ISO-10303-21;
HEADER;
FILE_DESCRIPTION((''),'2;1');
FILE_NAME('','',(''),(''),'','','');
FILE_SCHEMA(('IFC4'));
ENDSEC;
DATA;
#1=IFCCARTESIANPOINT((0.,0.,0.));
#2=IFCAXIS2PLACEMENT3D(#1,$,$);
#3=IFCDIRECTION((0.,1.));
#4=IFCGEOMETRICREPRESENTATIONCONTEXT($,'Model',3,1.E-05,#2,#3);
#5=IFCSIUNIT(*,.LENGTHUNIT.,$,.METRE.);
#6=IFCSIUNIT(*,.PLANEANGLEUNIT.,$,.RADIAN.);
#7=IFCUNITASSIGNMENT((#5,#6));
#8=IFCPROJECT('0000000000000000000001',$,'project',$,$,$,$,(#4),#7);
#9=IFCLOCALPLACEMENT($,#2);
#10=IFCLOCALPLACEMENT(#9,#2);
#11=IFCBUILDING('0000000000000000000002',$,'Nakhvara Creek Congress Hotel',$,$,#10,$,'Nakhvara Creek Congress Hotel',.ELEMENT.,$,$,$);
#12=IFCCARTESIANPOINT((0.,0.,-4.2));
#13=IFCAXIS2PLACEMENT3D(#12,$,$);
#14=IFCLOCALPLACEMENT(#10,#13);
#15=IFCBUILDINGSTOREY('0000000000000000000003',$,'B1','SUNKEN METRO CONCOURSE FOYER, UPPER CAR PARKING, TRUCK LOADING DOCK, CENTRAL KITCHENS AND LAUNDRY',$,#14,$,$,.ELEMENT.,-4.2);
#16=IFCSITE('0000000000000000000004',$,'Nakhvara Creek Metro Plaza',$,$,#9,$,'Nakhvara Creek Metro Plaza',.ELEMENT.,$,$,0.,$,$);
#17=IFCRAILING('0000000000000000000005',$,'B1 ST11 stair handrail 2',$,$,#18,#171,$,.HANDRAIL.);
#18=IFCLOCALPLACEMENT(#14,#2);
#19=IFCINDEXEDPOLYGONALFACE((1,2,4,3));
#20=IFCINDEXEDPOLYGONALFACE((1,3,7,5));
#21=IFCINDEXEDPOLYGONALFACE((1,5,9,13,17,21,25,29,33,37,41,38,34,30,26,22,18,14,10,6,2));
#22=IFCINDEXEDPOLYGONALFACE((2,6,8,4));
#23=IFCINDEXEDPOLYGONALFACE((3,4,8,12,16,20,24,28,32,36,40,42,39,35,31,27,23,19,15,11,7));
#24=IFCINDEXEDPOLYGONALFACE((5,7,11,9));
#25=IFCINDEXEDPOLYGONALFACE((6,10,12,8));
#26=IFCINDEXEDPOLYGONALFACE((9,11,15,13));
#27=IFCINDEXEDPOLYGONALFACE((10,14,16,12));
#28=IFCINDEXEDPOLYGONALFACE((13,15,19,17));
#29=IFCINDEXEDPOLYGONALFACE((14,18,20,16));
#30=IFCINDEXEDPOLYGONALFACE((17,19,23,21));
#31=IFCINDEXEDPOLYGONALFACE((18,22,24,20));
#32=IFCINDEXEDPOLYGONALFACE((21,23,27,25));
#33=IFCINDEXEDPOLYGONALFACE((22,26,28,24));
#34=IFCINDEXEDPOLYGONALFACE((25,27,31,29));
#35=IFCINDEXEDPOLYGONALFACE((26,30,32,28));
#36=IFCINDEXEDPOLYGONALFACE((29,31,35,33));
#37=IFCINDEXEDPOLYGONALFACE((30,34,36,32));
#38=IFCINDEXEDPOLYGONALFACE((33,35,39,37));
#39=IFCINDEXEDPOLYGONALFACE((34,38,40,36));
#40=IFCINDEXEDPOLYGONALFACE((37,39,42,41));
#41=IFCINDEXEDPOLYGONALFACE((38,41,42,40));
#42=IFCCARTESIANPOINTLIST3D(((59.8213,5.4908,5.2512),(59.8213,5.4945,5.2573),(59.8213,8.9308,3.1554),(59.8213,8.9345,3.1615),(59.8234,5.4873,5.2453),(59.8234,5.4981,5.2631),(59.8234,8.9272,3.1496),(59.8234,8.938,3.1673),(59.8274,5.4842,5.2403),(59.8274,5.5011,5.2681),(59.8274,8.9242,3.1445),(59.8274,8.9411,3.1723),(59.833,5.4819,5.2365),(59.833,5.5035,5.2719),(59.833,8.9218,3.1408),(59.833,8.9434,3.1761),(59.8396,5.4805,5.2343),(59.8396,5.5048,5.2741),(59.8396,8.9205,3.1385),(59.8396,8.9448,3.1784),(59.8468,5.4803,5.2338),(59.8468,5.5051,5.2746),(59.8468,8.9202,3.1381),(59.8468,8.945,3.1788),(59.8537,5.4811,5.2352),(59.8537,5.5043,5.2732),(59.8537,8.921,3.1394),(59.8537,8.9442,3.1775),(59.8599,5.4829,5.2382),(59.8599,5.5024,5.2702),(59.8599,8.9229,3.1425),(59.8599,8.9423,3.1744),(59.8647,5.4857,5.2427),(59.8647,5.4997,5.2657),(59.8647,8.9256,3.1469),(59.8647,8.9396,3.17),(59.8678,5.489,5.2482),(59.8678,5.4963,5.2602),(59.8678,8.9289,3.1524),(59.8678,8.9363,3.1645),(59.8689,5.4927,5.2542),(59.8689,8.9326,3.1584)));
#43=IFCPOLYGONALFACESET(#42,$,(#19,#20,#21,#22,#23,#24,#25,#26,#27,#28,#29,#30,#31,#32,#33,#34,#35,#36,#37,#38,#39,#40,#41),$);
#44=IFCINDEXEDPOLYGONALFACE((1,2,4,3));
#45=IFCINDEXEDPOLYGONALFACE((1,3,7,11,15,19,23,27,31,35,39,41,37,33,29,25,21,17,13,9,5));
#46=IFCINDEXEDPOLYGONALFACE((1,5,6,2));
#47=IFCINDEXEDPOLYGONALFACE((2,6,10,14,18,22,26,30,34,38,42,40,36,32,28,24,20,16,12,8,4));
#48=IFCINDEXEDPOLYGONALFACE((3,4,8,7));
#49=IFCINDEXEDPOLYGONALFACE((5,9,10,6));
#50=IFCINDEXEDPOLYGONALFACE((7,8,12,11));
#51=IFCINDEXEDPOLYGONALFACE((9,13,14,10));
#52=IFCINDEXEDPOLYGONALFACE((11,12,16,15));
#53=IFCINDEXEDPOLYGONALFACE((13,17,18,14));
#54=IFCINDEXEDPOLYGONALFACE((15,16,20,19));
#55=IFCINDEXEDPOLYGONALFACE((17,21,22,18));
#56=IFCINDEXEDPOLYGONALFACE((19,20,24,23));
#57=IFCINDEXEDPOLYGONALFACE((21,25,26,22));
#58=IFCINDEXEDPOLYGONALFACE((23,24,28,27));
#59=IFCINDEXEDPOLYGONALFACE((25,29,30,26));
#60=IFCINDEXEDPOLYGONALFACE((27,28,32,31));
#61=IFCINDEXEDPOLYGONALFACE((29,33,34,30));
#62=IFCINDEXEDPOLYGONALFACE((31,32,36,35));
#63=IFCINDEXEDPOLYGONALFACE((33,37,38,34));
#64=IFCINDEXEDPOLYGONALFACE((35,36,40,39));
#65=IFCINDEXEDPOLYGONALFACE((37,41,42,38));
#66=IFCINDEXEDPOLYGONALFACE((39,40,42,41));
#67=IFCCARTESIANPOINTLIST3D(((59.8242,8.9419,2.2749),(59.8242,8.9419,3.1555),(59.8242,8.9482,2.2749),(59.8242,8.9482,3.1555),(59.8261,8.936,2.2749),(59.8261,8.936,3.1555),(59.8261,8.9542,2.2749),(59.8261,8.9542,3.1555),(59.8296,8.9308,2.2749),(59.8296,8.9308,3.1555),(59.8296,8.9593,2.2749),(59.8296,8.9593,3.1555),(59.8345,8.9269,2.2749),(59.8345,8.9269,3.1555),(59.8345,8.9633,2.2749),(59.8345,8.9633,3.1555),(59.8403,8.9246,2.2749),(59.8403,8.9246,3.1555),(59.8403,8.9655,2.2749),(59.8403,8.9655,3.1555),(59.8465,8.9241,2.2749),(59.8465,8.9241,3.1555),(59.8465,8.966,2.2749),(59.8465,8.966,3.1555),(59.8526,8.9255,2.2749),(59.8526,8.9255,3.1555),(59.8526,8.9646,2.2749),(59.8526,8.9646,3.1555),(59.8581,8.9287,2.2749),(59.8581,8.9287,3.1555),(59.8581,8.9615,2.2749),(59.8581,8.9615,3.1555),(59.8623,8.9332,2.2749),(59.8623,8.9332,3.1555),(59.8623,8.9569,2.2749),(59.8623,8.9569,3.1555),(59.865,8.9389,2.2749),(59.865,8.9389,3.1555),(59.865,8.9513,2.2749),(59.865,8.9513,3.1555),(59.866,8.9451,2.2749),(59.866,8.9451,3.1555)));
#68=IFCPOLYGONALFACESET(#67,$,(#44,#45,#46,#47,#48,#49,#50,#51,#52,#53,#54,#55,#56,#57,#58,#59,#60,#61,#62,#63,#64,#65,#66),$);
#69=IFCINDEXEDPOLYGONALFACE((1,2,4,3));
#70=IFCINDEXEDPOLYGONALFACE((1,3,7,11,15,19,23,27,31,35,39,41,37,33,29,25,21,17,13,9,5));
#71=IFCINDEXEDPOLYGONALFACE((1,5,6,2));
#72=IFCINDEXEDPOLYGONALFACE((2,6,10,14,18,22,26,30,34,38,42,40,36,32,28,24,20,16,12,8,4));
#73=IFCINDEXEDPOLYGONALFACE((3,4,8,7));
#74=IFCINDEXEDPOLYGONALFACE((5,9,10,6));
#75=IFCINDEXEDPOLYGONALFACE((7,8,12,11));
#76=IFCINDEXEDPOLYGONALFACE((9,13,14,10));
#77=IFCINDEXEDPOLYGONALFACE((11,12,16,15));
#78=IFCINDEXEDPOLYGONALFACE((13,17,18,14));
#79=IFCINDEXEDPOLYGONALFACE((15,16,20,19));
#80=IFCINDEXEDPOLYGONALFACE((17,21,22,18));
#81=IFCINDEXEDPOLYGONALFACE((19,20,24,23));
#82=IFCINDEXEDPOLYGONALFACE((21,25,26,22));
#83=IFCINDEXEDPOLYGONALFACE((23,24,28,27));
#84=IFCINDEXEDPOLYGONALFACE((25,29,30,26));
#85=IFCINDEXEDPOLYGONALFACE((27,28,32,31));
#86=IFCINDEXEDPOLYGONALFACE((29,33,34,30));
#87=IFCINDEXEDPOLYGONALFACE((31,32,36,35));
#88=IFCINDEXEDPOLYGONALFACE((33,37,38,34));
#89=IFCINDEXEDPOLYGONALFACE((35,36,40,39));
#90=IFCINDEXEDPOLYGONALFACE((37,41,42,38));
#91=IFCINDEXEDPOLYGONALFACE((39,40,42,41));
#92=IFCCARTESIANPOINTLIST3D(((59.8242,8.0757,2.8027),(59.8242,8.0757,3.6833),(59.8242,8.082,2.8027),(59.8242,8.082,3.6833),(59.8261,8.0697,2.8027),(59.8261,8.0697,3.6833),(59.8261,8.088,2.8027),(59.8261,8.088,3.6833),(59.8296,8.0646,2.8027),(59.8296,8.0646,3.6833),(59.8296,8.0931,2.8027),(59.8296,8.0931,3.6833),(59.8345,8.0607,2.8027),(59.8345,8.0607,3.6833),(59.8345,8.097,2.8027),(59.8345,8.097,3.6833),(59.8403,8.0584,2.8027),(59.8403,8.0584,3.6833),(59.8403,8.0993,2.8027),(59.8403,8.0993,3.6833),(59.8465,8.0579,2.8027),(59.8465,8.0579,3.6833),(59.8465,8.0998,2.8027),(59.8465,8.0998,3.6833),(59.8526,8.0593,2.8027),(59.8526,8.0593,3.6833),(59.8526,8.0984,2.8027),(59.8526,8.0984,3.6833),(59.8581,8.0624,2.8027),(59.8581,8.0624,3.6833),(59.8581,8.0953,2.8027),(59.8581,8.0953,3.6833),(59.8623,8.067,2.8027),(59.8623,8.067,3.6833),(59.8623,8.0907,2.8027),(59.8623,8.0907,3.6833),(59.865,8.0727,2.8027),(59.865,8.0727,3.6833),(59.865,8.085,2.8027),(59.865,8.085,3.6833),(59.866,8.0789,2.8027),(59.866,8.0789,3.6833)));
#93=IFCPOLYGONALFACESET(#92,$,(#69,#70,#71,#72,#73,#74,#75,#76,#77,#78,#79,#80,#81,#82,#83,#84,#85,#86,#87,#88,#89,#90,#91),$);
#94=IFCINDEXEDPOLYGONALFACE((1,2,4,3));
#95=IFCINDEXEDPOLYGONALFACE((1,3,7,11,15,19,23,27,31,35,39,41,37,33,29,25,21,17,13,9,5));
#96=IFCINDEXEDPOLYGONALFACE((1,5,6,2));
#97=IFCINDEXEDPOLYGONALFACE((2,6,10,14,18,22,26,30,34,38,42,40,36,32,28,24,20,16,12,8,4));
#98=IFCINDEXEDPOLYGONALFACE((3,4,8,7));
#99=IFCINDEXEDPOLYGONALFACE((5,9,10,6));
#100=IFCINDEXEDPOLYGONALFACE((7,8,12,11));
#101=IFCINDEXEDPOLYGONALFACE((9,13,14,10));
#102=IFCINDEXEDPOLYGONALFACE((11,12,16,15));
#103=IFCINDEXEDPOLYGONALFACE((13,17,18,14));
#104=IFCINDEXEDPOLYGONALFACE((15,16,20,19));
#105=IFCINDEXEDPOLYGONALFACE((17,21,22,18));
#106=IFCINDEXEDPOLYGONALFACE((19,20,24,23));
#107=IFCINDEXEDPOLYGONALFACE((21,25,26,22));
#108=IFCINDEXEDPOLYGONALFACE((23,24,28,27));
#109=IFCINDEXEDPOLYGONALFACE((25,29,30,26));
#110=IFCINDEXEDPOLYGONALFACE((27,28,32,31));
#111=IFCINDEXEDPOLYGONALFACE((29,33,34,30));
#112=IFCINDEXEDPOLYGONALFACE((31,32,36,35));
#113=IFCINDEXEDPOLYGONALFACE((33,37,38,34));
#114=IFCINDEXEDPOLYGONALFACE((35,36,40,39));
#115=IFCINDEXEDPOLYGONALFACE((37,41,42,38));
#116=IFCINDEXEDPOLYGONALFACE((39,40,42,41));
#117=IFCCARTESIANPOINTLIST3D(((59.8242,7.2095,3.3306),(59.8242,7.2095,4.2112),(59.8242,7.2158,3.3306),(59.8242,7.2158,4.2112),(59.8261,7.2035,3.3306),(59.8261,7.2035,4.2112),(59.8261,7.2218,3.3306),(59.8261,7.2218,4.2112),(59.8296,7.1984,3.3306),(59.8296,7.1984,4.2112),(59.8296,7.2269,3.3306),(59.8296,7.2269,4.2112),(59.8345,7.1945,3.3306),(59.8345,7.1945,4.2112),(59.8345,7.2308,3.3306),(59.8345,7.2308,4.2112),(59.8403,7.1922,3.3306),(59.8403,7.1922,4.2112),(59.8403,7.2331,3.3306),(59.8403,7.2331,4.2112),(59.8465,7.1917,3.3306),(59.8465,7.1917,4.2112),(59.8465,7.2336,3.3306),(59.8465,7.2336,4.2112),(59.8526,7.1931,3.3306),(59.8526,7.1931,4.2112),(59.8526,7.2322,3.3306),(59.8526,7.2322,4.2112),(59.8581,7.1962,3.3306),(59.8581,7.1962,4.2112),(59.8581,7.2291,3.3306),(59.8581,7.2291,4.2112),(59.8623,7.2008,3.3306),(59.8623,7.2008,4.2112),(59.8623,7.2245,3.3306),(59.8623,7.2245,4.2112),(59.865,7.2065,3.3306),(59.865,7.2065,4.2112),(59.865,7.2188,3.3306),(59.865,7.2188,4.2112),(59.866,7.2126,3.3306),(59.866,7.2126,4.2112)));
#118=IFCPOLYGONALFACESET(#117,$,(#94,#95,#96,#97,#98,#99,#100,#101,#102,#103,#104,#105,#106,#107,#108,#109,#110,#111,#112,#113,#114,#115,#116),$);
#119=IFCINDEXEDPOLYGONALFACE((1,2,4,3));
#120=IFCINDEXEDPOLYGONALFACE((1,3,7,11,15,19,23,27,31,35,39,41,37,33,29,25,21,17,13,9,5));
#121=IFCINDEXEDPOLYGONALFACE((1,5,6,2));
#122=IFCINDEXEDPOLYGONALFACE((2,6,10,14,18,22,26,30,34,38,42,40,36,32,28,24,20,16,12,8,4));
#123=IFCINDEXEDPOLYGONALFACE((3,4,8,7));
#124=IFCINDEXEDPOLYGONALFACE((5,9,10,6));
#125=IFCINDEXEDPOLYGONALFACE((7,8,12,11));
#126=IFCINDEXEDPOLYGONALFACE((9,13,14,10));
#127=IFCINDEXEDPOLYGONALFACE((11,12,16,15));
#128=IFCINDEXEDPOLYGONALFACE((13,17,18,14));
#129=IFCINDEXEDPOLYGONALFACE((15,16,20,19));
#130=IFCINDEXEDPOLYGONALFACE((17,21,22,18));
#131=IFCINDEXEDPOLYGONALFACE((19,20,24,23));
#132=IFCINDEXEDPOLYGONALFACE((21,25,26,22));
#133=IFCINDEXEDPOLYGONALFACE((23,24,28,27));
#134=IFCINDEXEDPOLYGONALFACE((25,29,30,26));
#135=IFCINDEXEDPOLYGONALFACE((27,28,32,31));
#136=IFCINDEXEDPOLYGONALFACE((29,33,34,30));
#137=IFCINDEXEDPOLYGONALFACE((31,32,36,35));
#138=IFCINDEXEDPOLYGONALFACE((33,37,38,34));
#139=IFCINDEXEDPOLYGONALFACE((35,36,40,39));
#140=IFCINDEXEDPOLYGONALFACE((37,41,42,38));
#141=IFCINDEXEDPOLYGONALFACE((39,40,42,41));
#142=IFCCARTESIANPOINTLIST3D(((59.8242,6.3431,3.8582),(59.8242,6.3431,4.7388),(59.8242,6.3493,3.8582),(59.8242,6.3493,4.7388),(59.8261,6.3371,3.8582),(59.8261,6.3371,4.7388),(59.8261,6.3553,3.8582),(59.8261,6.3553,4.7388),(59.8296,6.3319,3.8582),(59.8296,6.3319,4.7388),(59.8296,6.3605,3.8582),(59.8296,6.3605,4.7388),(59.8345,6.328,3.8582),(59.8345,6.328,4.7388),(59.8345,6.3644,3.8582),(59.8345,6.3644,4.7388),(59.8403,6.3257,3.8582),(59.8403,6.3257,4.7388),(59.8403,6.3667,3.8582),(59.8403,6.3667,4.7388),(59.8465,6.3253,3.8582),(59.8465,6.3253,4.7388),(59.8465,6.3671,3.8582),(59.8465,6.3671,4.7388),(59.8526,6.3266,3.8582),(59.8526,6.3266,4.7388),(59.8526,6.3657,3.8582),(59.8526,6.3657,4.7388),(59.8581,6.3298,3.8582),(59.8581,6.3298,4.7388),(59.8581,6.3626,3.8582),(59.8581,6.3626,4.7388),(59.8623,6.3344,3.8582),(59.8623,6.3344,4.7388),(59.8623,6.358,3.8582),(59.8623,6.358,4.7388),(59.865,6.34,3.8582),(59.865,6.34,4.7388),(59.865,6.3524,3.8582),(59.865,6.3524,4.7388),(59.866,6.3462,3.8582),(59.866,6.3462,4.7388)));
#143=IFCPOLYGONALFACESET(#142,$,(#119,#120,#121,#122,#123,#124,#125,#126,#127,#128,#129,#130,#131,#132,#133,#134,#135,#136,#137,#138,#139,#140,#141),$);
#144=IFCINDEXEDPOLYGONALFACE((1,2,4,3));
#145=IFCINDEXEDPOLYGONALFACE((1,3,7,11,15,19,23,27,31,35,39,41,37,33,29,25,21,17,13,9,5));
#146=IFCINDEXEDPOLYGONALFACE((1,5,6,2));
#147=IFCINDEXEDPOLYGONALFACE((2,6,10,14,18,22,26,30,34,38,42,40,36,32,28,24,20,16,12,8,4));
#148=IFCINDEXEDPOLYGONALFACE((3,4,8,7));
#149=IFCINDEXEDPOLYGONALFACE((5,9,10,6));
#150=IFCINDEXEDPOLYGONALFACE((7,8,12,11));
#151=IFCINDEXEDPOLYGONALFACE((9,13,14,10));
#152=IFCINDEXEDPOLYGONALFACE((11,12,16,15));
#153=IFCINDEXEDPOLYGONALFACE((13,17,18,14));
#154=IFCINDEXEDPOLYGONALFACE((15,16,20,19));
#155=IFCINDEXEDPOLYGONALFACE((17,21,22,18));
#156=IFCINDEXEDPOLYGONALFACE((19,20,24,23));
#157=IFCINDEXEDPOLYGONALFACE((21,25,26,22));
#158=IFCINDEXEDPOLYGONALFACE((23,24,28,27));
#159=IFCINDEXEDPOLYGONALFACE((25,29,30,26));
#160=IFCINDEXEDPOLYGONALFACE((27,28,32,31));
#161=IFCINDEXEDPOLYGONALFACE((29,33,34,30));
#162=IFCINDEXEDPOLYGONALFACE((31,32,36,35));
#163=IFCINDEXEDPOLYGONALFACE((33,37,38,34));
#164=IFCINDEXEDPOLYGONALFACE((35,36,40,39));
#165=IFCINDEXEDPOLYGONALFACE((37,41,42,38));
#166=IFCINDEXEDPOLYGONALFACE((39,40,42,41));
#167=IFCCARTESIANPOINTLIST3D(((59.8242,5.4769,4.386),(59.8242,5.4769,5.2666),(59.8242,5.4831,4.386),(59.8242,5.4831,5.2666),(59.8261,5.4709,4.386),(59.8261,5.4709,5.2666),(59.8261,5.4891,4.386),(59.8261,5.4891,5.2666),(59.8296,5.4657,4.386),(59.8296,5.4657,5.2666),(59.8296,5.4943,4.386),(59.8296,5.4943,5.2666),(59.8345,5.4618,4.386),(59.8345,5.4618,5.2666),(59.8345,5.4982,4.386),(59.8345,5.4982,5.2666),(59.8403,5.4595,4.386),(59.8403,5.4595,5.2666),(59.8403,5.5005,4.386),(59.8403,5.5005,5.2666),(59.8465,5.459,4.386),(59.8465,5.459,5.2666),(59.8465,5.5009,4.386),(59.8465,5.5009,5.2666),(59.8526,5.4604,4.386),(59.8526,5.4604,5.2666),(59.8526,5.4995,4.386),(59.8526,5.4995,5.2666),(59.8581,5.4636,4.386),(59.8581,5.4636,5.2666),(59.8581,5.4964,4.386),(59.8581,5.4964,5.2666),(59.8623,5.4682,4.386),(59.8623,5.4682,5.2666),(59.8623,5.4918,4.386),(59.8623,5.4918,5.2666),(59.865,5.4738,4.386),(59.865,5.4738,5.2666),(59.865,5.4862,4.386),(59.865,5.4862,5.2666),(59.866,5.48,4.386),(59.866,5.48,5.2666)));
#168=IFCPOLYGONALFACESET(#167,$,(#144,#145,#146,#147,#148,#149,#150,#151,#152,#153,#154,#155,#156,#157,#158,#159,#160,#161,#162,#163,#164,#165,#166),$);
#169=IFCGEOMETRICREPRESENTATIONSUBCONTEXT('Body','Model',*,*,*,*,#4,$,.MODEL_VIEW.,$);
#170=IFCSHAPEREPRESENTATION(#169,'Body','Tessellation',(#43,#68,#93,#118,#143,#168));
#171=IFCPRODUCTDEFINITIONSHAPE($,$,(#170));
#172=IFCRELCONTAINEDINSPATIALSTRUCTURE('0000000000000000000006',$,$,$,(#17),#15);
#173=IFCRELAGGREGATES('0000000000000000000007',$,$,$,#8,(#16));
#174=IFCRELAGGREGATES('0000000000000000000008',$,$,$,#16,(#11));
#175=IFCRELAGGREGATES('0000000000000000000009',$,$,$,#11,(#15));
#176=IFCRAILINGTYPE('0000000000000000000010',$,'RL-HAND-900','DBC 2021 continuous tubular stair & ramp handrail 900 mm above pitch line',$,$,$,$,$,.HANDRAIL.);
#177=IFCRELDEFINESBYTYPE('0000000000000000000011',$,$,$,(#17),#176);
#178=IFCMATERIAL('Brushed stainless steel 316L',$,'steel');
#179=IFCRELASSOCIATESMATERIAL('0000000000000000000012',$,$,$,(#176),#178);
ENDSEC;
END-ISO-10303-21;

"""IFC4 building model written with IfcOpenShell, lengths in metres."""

from ifc_helpers import new_model, si_unit, direction, frame, origin, origin_2d, place, context, subcontext, project, spatial, circle, extrude, material, type_object, element, save


model = new_model("IFC4")

# Units and contexts
model_context = context("Model", 3, precision=1e-05, world=origin(), true_north=direction((0.0, 1.0)))
body_context = subcontext(model_context, "Body", "Model", "MODEL_VIEW")
ifc_project = project(units=[si_unit("LENGTHUNIT", "METRE"), si_unit("PLANEANGLEUNIT", "RADIAN")], contexts=[model_context])

# Site, building, storey
site_placement = place(None, origin())
site = spatial("IfcSite", under=ifc_project, at=site_placement, Name="Nakhvara Creek Metro Plaza", LongName="Nakhvara Creek Metro Plaza", CompositionType="ELEMENT", RefElevation=0.0)
building_placement = place(site_placement, origin())
building = spatial("IfcBuilding", under=site, at=building_placement, Name="Nakhvara Creek Congress Hotel", LongName="Nakhvara Creek Congress Hotel", CompositionType="ELEMENT")
storey_placement = place(building_placement, frame((0.0, 0.0, -4.2)))
storey = spatial("IfcBuildingStorey", under=building, at=storey_placement, Name="B1", Description="SUNKEN METRO CONCOURSE FOYER, UPPER CAR PARKING, TRUCK LOADING DOCK, CENTRAL KITCHENS AND LAUNDRY", CompositionType="ELEMENT", Elevation=-4.2)

# Railing
ifc_material_1 = material(Name="Brushed stainless steel 316L", Category="steel")
railing_type_1 = type_object("IfcRailingType", Name="RL-HAND-900", Description="DBC 2021 continuous tubular stair & ramp handrail 900 mm above pitch line", PredefinedType="HANDRAIL", material=ifc_material_1)
railing_1_placement = place(storey_placement, frame((59.845, 8.9451, 2.2749)))
element("IfcRailing", 1, at=railing_1_placement, inside=storey, type_object=railing_type_1, Name="B1 ST11 stair handrail 2", PredefinedType="HANDRAIL", context=body_context, shape_type="SweptSolid", body=[
    extrude(circle(Radius=0.0239, at=origin_2d()), frame((0.0, -0.0125, 0.8835), z_axis=(0.0, -0.853991, 0.520289), x_axis=(1.0, 0.0, 0.0)), (0.0, 0.0, 1.0), 4.0281),
    extrude(circle(Radius=0.021, at=origin_2d()), origin(), (0.0, 0.0, 1.0), 0.8806),
    extrude(circle(Radius=0.021, at=origin_2d()), frame((0.0, -0.8662, 0.5278)), (0.0, 0.0, 1.0), 0.8806),
    extrude(circle(Radius=0.021, at=origin_2d()), frame((0.0, -1.7324, 1.0557)), (0.0, 0.0, 1.0), 0.8806),
    extrude(circle(Radius=0.021, at=origin_2d()), frame((0.0, -2.5989, 1.5833)), (0.0, 0.0, 1.0), 0.8806),
    extrude(circle(Radius=0.021, at=origin_2d()), frame((0.0, -3.4651, 2.1111)), (0.0, 0.0, 1.0), 0.8806),
])

save(model, "model.ifc")
